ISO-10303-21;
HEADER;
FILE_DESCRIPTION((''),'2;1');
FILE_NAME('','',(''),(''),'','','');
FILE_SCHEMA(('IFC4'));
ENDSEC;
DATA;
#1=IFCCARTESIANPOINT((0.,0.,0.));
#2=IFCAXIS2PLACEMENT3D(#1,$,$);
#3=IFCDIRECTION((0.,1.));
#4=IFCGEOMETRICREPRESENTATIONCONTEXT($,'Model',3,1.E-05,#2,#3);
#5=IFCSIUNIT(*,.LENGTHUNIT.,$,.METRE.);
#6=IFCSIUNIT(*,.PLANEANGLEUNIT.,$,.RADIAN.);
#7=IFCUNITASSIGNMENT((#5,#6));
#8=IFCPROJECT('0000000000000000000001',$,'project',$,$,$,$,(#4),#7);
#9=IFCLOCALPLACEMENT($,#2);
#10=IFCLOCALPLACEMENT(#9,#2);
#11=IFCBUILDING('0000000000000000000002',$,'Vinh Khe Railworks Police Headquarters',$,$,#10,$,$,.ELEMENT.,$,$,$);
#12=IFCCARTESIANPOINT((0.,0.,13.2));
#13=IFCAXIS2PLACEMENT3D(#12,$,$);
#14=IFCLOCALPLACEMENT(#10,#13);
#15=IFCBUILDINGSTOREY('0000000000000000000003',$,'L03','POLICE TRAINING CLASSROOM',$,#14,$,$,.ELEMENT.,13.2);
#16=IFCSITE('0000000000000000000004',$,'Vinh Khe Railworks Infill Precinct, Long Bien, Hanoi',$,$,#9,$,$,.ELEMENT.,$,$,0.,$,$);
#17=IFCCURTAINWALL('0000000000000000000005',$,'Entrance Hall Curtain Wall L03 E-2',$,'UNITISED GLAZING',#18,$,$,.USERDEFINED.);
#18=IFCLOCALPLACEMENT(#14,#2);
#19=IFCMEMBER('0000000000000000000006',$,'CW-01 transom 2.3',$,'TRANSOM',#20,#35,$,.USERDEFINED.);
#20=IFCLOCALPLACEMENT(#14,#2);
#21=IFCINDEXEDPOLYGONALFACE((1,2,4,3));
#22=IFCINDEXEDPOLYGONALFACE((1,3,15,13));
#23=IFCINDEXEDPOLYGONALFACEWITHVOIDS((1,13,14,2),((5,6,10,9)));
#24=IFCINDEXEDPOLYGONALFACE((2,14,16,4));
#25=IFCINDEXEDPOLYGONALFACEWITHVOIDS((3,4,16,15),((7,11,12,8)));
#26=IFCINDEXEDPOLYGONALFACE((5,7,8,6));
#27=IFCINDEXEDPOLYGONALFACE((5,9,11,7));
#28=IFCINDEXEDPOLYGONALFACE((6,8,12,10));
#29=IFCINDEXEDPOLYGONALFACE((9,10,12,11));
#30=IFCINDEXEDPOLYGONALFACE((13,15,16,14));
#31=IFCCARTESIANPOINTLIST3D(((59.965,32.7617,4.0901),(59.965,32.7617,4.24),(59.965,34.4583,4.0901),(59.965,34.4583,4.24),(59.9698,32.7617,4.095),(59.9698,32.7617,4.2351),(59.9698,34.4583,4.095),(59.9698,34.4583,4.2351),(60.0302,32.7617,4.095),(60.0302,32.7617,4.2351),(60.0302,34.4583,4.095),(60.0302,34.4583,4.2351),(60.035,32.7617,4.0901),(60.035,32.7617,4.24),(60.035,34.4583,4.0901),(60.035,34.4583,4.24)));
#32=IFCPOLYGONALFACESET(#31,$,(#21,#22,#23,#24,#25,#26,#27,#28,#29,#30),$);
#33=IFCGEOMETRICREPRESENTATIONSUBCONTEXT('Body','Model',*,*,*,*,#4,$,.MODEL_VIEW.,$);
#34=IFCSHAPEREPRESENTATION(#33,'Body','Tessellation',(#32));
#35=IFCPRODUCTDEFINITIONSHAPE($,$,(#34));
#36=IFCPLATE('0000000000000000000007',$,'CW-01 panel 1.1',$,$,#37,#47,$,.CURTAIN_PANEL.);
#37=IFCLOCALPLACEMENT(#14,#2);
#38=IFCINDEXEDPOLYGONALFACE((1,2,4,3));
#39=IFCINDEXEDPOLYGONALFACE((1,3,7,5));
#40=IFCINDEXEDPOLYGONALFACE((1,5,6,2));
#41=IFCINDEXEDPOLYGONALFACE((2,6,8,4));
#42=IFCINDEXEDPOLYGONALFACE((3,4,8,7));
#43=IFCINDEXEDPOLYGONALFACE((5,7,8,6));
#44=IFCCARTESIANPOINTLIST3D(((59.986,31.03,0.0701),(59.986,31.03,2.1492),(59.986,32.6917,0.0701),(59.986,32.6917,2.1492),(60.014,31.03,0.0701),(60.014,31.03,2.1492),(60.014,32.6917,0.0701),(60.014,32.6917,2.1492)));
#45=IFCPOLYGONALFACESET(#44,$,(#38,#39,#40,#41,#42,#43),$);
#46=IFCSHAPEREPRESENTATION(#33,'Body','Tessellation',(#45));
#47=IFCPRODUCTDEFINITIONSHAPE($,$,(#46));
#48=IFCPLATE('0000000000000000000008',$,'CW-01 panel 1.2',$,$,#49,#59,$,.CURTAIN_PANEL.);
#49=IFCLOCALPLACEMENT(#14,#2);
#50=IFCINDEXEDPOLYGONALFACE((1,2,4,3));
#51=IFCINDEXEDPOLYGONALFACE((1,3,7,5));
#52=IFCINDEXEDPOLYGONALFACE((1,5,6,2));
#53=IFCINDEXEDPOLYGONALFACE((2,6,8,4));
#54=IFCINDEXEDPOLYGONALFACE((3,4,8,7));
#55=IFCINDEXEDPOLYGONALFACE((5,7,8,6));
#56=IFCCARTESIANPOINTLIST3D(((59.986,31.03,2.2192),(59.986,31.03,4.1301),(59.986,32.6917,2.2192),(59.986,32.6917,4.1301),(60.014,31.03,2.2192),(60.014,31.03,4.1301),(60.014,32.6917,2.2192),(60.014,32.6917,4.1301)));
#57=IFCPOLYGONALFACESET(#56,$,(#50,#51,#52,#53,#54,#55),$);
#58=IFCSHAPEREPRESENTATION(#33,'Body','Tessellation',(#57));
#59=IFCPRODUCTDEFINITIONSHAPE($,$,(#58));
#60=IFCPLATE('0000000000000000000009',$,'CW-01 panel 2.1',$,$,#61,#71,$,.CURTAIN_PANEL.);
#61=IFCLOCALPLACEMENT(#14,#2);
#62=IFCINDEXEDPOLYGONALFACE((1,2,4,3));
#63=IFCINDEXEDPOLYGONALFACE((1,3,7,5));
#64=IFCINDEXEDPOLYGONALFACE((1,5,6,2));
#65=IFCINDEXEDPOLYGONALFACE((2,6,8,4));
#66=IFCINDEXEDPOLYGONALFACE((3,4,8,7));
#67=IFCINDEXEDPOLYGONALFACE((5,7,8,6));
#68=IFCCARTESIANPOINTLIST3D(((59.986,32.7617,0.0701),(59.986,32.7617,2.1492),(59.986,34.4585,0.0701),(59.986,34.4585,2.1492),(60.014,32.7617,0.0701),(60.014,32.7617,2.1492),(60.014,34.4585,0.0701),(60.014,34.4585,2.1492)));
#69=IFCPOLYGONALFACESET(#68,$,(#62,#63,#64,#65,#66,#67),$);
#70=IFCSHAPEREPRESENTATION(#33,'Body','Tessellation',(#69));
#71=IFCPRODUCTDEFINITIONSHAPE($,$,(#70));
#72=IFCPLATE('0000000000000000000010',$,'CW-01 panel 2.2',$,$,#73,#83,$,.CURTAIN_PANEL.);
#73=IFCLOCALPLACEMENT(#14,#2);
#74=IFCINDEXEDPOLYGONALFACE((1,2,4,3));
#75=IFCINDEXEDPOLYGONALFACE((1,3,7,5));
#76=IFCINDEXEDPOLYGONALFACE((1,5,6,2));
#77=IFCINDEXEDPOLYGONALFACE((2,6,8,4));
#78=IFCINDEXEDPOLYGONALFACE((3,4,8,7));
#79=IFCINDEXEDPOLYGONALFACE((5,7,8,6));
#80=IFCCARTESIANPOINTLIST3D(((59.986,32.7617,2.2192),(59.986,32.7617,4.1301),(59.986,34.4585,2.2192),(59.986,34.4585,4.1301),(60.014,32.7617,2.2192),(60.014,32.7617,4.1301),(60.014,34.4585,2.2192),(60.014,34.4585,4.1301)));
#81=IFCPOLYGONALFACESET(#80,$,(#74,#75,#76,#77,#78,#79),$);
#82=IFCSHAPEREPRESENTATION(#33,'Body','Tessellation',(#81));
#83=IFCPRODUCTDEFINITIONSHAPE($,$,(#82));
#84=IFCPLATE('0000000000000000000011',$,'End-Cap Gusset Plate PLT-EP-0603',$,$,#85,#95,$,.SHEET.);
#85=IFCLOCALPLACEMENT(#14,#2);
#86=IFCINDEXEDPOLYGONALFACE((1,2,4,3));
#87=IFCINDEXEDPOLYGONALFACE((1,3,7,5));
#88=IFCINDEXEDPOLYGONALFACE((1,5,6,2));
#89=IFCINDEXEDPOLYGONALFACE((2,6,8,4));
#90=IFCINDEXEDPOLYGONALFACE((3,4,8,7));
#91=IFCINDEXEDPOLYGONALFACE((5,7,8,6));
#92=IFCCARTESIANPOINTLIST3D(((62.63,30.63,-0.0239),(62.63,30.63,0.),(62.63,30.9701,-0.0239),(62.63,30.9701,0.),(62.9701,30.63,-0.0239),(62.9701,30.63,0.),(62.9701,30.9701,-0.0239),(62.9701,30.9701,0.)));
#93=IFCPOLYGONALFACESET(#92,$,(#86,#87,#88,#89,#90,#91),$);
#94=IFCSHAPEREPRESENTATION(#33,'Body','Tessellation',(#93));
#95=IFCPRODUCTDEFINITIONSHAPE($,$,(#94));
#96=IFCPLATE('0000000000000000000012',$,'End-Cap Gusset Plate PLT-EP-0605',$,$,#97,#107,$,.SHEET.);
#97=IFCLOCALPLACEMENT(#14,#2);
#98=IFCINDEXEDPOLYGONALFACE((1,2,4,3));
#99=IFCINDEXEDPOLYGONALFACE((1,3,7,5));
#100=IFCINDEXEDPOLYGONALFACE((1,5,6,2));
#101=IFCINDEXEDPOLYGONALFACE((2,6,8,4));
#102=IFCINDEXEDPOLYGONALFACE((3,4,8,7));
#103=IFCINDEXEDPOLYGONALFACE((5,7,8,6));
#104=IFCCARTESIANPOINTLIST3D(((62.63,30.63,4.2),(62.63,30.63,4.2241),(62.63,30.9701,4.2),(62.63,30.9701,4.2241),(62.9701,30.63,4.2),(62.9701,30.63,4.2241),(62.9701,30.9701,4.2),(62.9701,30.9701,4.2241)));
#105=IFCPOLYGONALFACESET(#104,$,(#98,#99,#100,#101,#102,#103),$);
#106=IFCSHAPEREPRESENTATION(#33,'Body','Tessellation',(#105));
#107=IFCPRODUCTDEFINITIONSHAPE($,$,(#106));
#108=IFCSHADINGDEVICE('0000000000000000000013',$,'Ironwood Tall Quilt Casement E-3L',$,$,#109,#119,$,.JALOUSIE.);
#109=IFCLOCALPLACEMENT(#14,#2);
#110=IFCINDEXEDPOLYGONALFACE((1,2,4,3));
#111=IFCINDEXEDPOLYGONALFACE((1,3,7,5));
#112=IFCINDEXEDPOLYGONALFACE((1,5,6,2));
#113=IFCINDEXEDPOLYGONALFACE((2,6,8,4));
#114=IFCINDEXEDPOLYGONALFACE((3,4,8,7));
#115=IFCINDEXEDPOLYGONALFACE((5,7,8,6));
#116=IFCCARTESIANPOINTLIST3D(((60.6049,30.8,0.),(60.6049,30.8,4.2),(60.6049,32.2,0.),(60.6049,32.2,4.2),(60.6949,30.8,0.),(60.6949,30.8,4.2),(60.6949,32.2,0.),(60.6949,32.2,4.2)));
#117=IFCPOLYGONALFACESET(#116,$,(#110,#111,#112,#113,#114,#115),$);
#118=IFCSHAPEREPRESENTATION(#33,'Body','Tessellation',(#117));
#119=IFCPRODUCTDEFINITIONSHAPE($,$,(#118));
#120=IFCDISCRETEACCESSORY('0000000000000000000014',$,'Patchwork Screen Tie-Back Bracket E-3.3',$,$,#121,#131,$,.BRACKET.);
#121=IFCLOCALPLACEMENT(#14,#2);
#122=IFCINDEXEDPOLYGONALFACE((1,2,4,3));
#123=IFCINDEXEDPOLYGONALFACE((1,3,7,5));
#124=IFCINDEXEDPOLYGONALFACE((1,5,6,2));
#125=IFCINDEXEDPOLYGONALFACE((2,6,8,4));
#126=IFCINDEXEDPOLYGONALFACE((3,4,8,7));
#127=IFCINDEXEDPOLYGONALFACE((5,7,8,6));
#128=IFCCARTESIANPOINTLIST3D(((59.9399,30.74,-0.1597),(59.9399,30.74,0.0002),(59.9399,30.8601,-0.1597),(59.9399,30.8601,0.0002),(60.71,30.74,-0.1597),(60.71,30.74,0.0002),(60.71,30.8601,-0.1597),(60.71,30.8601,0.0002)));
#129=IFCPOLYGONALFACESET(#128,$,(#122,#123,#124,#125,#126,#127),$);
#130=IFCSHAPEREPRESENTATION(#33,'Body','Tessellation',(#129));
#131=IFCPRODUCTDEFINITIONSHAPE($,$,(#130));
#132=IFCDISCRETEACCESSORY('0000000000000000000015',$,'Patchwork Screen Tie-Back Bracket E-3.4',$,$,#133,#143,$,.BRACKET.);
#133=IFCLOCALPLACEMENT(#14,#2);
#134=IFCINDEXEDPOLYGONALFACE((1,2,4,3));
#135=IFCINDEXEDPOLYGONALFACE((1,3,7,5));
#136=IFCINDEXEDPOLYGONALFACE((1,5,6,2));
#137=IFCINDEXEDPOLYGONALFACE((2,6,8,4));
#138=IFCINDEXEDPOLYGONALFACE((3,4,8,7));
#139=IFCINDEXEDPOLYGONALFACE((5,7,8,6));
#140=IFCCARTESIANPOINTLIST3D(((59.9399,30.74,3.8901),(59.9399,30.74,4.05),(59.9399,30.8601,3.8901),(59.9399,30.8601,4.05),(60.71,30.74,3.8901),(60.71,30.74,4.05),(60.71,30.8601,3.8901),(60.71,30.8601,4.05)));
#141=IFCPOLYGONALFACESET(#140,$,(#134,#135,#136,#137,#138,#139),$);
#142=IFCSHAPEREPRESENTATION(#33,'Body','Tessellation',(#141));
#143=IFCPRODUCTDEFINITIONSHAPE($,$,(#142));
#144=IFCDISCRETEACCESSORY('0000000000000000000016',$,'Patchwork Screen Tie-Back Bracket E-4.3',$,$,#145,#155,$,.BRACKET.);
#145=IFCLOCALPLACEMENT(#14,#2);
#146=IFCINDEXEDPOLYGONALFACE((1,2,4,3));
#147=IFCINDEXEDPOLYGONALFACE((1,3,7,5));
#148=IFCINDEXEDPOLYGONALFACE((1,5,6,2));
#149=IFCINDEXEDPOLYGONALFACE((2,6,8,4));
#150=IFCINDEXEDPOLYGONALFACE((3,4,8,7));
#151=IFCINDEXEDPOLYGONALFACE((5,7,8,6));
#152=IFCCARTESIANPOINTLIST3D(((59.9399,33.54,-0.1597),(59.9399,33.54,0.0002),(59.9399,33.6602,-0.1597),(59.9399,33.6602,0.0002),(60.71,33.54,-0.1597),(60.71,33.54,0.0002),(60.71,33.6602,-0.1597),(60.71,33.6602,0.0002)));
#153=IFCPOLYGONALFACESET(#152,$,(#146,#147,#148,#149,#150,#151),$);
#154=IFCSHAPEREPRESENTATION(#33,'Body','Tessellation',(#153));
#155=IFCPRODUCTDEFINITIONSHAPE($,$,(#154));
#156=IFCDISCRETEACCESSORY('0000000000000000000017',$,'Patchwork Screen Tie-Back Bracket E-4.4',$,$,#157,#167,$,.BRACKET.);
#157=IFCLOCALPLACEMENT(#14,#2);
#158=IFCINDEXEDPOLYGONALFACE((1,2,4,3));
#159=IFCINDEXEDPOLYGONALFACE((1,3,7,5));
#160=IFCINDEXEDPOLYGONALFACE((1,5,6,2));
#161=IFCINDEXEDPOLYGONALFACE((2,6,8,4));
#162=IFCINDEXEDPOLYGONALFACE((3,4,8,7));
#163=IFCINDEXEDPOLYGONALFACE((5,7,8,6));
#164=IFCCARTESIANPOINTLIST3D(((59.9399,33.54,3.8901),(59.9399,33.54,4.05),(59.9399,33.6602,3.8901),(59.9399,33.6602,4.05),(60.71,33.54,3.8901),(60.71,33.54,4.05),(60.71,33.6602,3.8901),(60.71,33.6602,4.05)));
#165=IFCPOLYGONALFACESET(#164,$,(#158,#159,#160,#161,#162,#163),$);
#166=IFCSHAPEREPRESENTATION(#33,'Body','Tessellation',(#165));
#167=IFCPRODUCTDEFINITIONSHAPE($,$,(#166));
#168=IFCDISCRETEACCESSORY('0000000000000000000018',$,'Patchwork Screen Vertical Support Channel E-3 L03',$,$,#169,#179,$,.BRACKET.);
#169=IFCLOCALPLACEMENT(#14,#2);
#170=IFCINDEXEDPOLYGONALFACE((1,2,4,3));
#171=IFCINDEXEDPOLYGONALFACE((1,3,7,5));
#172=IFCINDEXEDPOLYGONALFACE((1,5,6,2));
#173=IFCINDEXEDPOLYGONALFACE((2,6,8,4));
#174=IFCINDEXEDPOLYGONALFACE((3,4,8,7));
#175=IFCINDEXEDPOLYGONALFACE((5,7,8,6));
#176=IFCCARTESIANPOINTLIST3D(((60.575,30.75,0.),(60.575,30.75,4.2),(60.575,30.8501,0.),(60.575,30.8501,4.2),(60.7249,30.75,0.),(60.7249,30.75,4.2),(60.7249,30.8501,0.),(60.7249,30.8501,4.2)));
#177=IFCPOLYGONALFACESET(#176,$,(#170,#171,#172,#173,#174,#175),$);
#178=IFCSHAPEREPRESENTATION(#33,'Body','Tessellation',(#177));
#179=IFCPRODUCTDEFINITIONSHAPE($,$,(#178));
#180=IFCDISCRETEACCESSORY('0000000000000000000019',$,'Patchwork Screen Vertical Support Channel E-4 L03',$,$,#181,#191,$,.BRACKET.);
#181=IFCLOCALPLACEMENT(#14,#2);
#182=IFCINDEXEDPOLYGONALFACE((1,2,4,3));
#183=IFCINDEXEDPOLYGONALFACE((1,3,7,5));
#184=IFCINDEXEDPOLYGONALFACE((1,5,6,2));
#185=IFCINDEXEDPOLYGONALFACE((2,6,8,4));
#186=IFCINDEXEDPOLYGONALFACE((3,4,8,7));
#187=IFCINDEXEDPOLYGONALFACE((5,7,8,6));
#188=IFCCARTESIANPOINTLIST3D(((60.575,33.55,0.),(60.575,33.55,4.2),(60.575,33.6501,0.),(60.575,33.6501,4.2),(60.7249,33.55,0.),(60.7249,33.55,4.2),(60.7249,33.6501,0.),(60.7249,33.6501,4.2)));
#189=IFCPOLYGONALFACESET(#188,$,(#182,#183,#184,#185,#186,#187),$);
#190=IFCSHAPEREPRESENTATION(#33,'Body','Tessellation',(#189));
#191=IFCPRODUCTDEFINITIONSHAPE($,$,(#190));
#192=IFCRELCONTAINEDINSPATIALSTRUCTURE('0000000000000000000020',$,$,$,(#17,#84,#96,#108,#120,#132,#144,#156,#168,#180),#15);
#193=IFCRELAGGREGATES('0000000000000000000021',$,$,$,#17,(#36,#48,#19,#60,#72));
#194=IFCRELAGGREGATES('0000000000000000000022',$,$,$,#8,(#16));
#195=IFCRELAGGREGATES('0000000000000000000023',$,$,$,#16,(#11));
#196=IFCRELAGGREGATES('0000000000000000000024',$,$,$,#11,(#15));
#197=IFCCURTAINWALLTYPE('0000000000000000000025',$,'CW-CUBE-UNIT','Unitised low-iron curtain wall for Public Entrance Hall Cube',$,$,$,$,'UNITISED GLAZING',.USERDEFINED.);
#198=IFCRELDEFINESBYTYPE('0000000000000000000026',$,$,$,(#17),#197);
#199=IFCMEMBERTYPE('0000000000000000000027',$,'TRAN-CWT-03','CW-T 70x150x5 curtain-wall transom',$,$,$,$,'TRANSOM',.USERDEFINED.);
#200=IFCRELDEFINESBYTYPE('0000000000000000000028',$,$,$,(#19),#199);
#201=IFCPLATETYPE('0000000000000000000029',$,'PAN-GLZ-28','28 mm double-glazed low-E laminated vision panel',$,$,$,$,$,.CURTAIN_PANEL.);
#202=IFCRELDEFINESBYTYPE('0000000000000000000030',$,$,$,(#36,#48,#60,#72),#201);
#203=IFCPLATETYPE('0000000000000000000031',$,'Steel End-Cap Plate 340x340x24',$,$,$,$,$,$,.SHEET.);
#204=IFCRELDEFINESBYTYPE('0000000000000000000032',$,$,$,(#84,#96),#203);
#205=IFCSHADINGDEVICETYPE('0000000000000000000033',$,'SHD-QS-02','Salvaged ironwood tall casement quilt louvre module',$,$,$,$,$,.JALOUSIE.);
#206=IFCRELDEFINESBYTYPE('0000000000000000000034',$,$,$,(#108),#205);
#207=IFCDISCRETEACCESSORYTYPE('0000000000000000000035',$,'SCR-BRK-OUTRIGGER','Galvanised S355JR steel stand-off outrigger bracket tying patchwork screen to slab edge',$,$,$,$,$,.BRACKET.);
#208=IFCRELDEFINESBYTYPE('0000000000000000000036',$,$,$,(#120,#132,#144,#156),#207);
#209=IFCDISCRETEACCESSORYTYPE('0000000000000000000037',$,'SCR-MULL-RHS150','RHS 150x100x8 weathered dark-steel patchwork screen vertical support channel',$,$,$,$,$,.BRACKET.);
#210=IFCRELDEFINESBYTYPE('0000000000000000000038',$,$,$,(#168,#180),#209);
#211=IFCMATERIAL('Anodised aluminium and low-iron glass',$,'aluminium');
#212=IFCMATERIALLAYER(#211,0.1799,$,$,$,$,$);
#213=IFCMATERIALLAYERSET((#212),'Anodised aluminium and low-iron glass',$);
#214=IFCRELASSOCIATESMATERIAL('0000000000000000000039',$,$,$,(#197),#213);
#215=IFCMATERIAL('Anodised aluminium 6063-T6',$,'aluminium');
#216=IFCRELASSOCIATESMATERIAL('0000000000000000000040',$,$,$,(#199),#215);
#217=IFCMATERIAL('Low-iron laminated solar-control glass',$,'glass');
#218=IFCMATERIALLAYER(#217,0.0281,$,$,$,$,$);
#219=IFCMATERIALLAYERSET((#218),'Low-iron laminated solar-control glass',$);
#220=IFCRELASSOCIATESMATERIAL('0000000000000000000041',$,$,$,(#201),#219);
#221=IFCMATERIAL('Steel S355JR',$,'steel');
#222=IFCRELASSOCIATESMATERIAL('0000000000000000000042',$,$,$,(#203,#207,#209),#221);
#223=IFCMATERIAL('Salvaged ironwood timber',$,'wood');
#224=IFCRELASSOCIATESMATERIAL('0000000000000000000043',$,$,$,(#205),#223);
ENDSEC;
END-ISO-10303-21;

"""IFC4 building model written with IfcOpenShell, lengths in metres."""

from ifc_helpers import new_model, si_unit, direction, frame, origin, origin_2d, place, context, subcontext, project, spatial, rectangle, hollow_rectangle, extrude, material, layer, layer_set, material_profile, profile_set, type_object, element, aggregate, save


model = new_model("IFC4")

# Units and contexts
model_context = context("Model", 3, precision=1e-05, world=origin(), true_north=direction((0.0, 1.0)))
body_context = subcontext(model_context, "Body", "Model", "MODEL_VIEW")
ifc_project = project(units=[si_unit("LENGTHUNIT", "METRE"), si_unit("PLANEANGLEUNIT", "RADIAN")], contexts=[model_context])

# Site, building, storey
site_placement = place(None, origin())
site = spatial("IfcSite", under=ifc_project, at=site_placement, Name="Vinh Khe Railworks Infill Precinct, Long Bien, Hanoi", CompositionType="ELEMENT", RefElevation=0.0)
building_placement = place(site_placement, origin())
building = spatial("IfcBuilding", under=site, at=building_placement, Name="Vinh Khe Railworks Police Headquarters", CompositionType="ELEMENT")
storey_placement = place(building_placement, frame((0.0, 0.0, 13.2)))
storey = spatial("IfcBuildingStorey", under=building, at=storey_placement, Name="L03", Description="POLICE TRAINING CLASSROOM", CompositionType="ELEMENT", Elevation=13.2)

# Shared definitions
ifc_material_1 = material(Name="Steel S355JR", Category="steel")

# Shared definitions
ifc_material_2 = material(Name="Salvaged ironwood timber", Category="wood")

# Shared definitions
ifc_material_3 = material(Name="Anodised aluminium and low-iron glass", Category="aluminium")
ifc_layer_1 = layer(ifc_material_3, 0.1799)
ifc_layer_set_1 = layer_set([ifc_layer_1], Name="Anodised aluminium and low-iron glass")
curtain_wall_type = type_object("IfcCurtainWallType", Name="CW-CUBE-UNIT", Description="Unitised low-iron curtain wall for Public Entrance Hall Cube", ElementType="UNITISED GLAZING", PredefinedType="USERDEFINED", material=ifc_layer_set_1)
ifc_material_4 = material(Name="Anodised aluminium 6063-T6", Category="aluminium")

# Curtain wall
curtain_wall_1_placement = place(storey_placement, origin())
curtain_wall_1 = element("IfcCurtainWall", 1, at=curtain_wall_1_placement, inside=storey, type_object=curtain_wall_type, Name="Entrance Hall Curtain Wall L03 E-2", ObjectType="UNITISED GLAZING", PredefinedType="USERDEFINED")

# Member
ifc_material_profile_1 = material_profile(ifc_material_4, hollow_rectangle(XDim=0.0701, YDim=0.1499, WallThickness=0.0049, at=origin_2d()), Name="CW-T 70x150x5")
ifc_profile_set_1 = profile_set([ifc_material_profile_1], Name="Anodised aluminium 6063-T6")
member_type_1 = type_object("IfcMemberType", Name="TRAN-CWT-03", Description="CW-T 70x150x5 curtain-wall transom", ElementType="TRANSOM", PredefinedType="USERDEFINED", material=ifc_profile_set_1)
member_1_placement = place(storey_placement, frame((60.0, 32.7617, 4.165), z_axis=(0.0, 1.0, 0.0), x_axis=(-1.0, 0.0, 0.0)))
member_1 = element("IfcMember", 2, at=member_1_placement, type_object=member_type_1, Name="CW-01 transom 2.3", ObjectType="TRANSOM", PredefinedType="USERDEFINED", context=body_context, shape_type="SweptSolid", body=[
    extrude(hollow_rectangle(XDim=0.0701, YDim=0.1499, WallThickness=0.0049, at=origin_2d()), origin(), (0.0, 0.0, 1.0), 1.6965),
])

# Plates
ifc_material_5 = material(Name="Low-iron laminated solar-control glass", Category="glass")
ifc_layer_2 = layer(ifc_material_5, 0.0281)
ifc_layer_set_2 = layer_set([ifc_layer_2], Name="Low-iron laminated solar-control glass")
plate_type_1 = type_object("IfcPlateType", Name="PAN-GLZ-28", Description="28 mm double-glazed low-E laminated vision panel", PredefinedType="CURTAIN_PANEL", material=ifc_layer_set_2)
plate_1_placement = place(storey_placement, frame((60.0, 31.8608, 0.0701), z_axis=(0.0, 0.0, 1.0), x_axis=(0.0, 1.0, 0.0)))
plate_1 = element("IfcPlate", 3, at=plate_1_placement, type_object=plate_type_1, Name="CW-01 panel 1.1", PredefinedType="CURTAIN_PANEL", context=body_context, shape_type="SweptSolid", body=[
    extrude(rectangle(XDim=1.6616, YDim=0.0281, at=origin_2d()), origin(), (0.0, 0.0, 1.0), 2.0791),
])
plate_2_placement = place(storey_placement, frame((60.0, 31.8608, 2.2192), z_axis=(0.0, 0.0, 1.0), x_axis=(0.0, 1.0, 0.0)))
plate_2 = element("IfcPlate", 4, at=plate_2_placement, type_object=plate_type_1, Name="CW-01 panel 1.2", PredefinedType="CURTAIN_PANEL", context=body_context, shape_type="SweptSolid", body=[
    extrude(rectangle(XDim=1.6616, YDim=0.0281, at=origin_2d()), origin(), (0.0, 0.0, 1.0), 1.9109),
])
plate_3_placement = place(storey_placement, frame((60.0, 33.6101, 0.0701), z_axis=(0.0, 0.0, 1.0), x_axis=(0.0, 1.0, 0.0)))
plate_3 = element("IfcPlate", 5, at=plate_3_placement, type_object=plate_type_1, Name="CW-01 panel 2.1", PredefinedType="CURTAIN_PANEL", context=body_context, shape_type="SweptSolid", body=[
    extrude(rectangle(XDim=1.6968, YDim=0.0281, at=origin_2d()), origin(), (0.0, 0.0, 1.0), 2.0791),
])
plate_4_placement = place(storey_placement, frame((60.0, 33.6101, 2.2192), z_axis=(0.0, 0.0, 1.0), x_axis=(0.0, 1.0, 0.0)))
plate_4 = element("IfcPlate", 6, at=plate_4_placement, type_object=plate_type_1, Name="CW-01 panel 2.2", PredefinedType="CURTAIN_PANEL", context=body_context, shape_type="SweptSolid", body=[
    extrude(rectangle(XDim=1.6968, YDim=0.0281, at=origin_2d()), origin(), (0.0, 0.0, 1.0), 1.9109),
])
aggregate(curtain_wall_1, [plate_1, plate_2, member_1, plate_3, plate_4])

# Plates
ifc_material_profile_2 = material_profile(ifc_material_1, rectangle(XDim=0.3401, YDim=0.3401, at=origin_2d()), Name="PL 340x340")
ifc_profile_set_2 = profile_set([ifc_material_profile_2], Name="Steel S355JR")
plate_type_2 = type_object("IfcPlateType", Name="Steel End-Cap Plate 340x340x24", PredefinedType="SHEET", material=ifc_profile_set_2)
plate_5_placement = place(storey_placement, frame((62.8, 30.8, 0.0), z_axis=(0.0, 0.0, -1.0), x_axis=(1.0, 0.0, 0.0)))
element("IfcPlate", 7, at=plate_5_placement, inside=storey, type_object=plate_type_2, Name="End-Cap Gusset Plate PLT-EP-0603", PredefinedType="SHEET", context=body_context, shape_type="SweptSolid", body=[
    extrude(rectangle(XDim=0.3401, YDim=0.3401, at=origin_2d()), origin(), (0.0, 0.0, 1.0), 0.0239),
])
plate_6_placement = place(storey_placement, frame((62.8, 30.8, 4.2), z_axis=(0.0, 0.0, 1.0), x_axis=(1.0, 0.0, 0.0)))
element("IfcPlate", 8, at=plate_6_placement, inside=storey, type_object=plate_type_2, Name="End-Cap Gusset Plate PLT-EP-0605", PredefinedType="SHEET", context=body_context, shape_type="SweptSolid", body=[
    extrude(rectangle(XDim=0.3401, YDim=0.3401, at=origin_2d()), origin(), (0.0, 0.0, 1.0), 0.0242),
])

# Shading device
shading_device_type = type_object("IfcShadingDeviceType", Name="SHD-QS-02", Description="Salvaged ironwood tall casement quilt louvre module", PredefinedType="JALOUSIE", material=ifc_material_2)
shading_device_placement = place(storey_placement, frame((60.6499, 31.5, 0.0), z_axis=(0.0, 0.0, 1.0), x_axis=(0.0, 1.0, 0.0)))
element("IfcShadingDevice", 9, at=shading_device_placement, inside=storey, type_object=shading_device_type, Name="Ironwood Tall Quilt Casement E-3L", PredefinedType="JALOUSIE", context=body_context, shape_type="SweptSolid", body=[
    extrude(rectangle(XDim=1.3999, YDim=0.0901, at=origin_2d()), origin(), (0.0, 0.0, 1.0), 4.2),
])

# Discrete accessories
discrete_accessory_type_1 = type_object("IfcDiscreteAccessoryType", Name="SCR-BRK-OUTRIGGER", Description="Galvanised S355JR steel stand-off outrigger bracket tying patchwork screen to slab edge", PredefinedType="BRACKET", material=ifc_material_1)
for number, where, z_axis, x_axis, name in (
    (10, (60.325, 30.8, -0.1597), (0.0, 0.0, 1.0), (1.0, 0.0, 0.0), "Patchwork Screen Tie-Back Bracket E-3.3"),
    (11, (60.325, 30.8, 3.8901), (0.0, 0.0, 1.0), (1.0, 0.0, 0.0), "Patchwork Screen Tie-Back Bracket E-3.4"),
    (12, (60.325, 33.6001, -0.1597), (0.0, 0.0, 1.0), (1.0, 0.0, 0.0), "Patchwork Screen Tie-Back Bracket E-4.3"),
    (13, (60.325, 33.6001, 3.8901), (0.0, 0.0, 1.0), (1.0, 0.0, 0.0), "Patchwork Screen Tie-Back Bracket E-4.4"),
):
    element("IfcDiscreteAccessory", number, at=place(storey_placement, frame(where, z_axis=z_axis, x_axis=x_axis)), inside=storey, type_object=discrete_accessory_type_1, Name=name, PredefinedType="BRACKET", context=body_context, shape_type="SweptSolid", body=[
        extrude(rectangle(XDim=0.77, YDim=0.1201, at=origin_2d()), origin(), (0.0, 0.0, 1.0), 0.1599),
    ])
discrete_accessory_type_2 = type_object("IfcDiscreteAccessoryType", Name="SCR-MULL-RHS150", Description="RHS 150x100x8 weathered dark-steel patchwork screen vertical support channel", PredefinedType="BRACKET", material=ifc_material_1)
for number, where, z_axis, x_axis, name in (
    (14, (60.6499, 30.8, 0.0), (0.0, 0.0, 1.0), (1.0, 0.0, 0.0), "Patchwork Screen Vertical Support Channel E-3 L03"),
    (15, (60.6499, 33.6001, 0.0), (0.0, 0.0, 1.0), (1.0, 0.0, 0.0), "Patchwork Screen Vertical Support Channel E-4 L03"),
):
    element("IfcDiscreteAccessory", number, at=place(storey_placement, frame(where, z_axis=z_axis, x_axis=x_axis)), inside=storey, type_object=discrete_accessory_type_2, Name=name, PredefinedType="BRACKET", context=body_context, shape_type="SweptSolid", body=[
        extrude(rectangle(XDim=0.1499, YDim=0.1001, at=origin_2d()), origin(), (0.0, 0.0, 1.0), 4.2),
    ])

save(model, "model.ifc")
